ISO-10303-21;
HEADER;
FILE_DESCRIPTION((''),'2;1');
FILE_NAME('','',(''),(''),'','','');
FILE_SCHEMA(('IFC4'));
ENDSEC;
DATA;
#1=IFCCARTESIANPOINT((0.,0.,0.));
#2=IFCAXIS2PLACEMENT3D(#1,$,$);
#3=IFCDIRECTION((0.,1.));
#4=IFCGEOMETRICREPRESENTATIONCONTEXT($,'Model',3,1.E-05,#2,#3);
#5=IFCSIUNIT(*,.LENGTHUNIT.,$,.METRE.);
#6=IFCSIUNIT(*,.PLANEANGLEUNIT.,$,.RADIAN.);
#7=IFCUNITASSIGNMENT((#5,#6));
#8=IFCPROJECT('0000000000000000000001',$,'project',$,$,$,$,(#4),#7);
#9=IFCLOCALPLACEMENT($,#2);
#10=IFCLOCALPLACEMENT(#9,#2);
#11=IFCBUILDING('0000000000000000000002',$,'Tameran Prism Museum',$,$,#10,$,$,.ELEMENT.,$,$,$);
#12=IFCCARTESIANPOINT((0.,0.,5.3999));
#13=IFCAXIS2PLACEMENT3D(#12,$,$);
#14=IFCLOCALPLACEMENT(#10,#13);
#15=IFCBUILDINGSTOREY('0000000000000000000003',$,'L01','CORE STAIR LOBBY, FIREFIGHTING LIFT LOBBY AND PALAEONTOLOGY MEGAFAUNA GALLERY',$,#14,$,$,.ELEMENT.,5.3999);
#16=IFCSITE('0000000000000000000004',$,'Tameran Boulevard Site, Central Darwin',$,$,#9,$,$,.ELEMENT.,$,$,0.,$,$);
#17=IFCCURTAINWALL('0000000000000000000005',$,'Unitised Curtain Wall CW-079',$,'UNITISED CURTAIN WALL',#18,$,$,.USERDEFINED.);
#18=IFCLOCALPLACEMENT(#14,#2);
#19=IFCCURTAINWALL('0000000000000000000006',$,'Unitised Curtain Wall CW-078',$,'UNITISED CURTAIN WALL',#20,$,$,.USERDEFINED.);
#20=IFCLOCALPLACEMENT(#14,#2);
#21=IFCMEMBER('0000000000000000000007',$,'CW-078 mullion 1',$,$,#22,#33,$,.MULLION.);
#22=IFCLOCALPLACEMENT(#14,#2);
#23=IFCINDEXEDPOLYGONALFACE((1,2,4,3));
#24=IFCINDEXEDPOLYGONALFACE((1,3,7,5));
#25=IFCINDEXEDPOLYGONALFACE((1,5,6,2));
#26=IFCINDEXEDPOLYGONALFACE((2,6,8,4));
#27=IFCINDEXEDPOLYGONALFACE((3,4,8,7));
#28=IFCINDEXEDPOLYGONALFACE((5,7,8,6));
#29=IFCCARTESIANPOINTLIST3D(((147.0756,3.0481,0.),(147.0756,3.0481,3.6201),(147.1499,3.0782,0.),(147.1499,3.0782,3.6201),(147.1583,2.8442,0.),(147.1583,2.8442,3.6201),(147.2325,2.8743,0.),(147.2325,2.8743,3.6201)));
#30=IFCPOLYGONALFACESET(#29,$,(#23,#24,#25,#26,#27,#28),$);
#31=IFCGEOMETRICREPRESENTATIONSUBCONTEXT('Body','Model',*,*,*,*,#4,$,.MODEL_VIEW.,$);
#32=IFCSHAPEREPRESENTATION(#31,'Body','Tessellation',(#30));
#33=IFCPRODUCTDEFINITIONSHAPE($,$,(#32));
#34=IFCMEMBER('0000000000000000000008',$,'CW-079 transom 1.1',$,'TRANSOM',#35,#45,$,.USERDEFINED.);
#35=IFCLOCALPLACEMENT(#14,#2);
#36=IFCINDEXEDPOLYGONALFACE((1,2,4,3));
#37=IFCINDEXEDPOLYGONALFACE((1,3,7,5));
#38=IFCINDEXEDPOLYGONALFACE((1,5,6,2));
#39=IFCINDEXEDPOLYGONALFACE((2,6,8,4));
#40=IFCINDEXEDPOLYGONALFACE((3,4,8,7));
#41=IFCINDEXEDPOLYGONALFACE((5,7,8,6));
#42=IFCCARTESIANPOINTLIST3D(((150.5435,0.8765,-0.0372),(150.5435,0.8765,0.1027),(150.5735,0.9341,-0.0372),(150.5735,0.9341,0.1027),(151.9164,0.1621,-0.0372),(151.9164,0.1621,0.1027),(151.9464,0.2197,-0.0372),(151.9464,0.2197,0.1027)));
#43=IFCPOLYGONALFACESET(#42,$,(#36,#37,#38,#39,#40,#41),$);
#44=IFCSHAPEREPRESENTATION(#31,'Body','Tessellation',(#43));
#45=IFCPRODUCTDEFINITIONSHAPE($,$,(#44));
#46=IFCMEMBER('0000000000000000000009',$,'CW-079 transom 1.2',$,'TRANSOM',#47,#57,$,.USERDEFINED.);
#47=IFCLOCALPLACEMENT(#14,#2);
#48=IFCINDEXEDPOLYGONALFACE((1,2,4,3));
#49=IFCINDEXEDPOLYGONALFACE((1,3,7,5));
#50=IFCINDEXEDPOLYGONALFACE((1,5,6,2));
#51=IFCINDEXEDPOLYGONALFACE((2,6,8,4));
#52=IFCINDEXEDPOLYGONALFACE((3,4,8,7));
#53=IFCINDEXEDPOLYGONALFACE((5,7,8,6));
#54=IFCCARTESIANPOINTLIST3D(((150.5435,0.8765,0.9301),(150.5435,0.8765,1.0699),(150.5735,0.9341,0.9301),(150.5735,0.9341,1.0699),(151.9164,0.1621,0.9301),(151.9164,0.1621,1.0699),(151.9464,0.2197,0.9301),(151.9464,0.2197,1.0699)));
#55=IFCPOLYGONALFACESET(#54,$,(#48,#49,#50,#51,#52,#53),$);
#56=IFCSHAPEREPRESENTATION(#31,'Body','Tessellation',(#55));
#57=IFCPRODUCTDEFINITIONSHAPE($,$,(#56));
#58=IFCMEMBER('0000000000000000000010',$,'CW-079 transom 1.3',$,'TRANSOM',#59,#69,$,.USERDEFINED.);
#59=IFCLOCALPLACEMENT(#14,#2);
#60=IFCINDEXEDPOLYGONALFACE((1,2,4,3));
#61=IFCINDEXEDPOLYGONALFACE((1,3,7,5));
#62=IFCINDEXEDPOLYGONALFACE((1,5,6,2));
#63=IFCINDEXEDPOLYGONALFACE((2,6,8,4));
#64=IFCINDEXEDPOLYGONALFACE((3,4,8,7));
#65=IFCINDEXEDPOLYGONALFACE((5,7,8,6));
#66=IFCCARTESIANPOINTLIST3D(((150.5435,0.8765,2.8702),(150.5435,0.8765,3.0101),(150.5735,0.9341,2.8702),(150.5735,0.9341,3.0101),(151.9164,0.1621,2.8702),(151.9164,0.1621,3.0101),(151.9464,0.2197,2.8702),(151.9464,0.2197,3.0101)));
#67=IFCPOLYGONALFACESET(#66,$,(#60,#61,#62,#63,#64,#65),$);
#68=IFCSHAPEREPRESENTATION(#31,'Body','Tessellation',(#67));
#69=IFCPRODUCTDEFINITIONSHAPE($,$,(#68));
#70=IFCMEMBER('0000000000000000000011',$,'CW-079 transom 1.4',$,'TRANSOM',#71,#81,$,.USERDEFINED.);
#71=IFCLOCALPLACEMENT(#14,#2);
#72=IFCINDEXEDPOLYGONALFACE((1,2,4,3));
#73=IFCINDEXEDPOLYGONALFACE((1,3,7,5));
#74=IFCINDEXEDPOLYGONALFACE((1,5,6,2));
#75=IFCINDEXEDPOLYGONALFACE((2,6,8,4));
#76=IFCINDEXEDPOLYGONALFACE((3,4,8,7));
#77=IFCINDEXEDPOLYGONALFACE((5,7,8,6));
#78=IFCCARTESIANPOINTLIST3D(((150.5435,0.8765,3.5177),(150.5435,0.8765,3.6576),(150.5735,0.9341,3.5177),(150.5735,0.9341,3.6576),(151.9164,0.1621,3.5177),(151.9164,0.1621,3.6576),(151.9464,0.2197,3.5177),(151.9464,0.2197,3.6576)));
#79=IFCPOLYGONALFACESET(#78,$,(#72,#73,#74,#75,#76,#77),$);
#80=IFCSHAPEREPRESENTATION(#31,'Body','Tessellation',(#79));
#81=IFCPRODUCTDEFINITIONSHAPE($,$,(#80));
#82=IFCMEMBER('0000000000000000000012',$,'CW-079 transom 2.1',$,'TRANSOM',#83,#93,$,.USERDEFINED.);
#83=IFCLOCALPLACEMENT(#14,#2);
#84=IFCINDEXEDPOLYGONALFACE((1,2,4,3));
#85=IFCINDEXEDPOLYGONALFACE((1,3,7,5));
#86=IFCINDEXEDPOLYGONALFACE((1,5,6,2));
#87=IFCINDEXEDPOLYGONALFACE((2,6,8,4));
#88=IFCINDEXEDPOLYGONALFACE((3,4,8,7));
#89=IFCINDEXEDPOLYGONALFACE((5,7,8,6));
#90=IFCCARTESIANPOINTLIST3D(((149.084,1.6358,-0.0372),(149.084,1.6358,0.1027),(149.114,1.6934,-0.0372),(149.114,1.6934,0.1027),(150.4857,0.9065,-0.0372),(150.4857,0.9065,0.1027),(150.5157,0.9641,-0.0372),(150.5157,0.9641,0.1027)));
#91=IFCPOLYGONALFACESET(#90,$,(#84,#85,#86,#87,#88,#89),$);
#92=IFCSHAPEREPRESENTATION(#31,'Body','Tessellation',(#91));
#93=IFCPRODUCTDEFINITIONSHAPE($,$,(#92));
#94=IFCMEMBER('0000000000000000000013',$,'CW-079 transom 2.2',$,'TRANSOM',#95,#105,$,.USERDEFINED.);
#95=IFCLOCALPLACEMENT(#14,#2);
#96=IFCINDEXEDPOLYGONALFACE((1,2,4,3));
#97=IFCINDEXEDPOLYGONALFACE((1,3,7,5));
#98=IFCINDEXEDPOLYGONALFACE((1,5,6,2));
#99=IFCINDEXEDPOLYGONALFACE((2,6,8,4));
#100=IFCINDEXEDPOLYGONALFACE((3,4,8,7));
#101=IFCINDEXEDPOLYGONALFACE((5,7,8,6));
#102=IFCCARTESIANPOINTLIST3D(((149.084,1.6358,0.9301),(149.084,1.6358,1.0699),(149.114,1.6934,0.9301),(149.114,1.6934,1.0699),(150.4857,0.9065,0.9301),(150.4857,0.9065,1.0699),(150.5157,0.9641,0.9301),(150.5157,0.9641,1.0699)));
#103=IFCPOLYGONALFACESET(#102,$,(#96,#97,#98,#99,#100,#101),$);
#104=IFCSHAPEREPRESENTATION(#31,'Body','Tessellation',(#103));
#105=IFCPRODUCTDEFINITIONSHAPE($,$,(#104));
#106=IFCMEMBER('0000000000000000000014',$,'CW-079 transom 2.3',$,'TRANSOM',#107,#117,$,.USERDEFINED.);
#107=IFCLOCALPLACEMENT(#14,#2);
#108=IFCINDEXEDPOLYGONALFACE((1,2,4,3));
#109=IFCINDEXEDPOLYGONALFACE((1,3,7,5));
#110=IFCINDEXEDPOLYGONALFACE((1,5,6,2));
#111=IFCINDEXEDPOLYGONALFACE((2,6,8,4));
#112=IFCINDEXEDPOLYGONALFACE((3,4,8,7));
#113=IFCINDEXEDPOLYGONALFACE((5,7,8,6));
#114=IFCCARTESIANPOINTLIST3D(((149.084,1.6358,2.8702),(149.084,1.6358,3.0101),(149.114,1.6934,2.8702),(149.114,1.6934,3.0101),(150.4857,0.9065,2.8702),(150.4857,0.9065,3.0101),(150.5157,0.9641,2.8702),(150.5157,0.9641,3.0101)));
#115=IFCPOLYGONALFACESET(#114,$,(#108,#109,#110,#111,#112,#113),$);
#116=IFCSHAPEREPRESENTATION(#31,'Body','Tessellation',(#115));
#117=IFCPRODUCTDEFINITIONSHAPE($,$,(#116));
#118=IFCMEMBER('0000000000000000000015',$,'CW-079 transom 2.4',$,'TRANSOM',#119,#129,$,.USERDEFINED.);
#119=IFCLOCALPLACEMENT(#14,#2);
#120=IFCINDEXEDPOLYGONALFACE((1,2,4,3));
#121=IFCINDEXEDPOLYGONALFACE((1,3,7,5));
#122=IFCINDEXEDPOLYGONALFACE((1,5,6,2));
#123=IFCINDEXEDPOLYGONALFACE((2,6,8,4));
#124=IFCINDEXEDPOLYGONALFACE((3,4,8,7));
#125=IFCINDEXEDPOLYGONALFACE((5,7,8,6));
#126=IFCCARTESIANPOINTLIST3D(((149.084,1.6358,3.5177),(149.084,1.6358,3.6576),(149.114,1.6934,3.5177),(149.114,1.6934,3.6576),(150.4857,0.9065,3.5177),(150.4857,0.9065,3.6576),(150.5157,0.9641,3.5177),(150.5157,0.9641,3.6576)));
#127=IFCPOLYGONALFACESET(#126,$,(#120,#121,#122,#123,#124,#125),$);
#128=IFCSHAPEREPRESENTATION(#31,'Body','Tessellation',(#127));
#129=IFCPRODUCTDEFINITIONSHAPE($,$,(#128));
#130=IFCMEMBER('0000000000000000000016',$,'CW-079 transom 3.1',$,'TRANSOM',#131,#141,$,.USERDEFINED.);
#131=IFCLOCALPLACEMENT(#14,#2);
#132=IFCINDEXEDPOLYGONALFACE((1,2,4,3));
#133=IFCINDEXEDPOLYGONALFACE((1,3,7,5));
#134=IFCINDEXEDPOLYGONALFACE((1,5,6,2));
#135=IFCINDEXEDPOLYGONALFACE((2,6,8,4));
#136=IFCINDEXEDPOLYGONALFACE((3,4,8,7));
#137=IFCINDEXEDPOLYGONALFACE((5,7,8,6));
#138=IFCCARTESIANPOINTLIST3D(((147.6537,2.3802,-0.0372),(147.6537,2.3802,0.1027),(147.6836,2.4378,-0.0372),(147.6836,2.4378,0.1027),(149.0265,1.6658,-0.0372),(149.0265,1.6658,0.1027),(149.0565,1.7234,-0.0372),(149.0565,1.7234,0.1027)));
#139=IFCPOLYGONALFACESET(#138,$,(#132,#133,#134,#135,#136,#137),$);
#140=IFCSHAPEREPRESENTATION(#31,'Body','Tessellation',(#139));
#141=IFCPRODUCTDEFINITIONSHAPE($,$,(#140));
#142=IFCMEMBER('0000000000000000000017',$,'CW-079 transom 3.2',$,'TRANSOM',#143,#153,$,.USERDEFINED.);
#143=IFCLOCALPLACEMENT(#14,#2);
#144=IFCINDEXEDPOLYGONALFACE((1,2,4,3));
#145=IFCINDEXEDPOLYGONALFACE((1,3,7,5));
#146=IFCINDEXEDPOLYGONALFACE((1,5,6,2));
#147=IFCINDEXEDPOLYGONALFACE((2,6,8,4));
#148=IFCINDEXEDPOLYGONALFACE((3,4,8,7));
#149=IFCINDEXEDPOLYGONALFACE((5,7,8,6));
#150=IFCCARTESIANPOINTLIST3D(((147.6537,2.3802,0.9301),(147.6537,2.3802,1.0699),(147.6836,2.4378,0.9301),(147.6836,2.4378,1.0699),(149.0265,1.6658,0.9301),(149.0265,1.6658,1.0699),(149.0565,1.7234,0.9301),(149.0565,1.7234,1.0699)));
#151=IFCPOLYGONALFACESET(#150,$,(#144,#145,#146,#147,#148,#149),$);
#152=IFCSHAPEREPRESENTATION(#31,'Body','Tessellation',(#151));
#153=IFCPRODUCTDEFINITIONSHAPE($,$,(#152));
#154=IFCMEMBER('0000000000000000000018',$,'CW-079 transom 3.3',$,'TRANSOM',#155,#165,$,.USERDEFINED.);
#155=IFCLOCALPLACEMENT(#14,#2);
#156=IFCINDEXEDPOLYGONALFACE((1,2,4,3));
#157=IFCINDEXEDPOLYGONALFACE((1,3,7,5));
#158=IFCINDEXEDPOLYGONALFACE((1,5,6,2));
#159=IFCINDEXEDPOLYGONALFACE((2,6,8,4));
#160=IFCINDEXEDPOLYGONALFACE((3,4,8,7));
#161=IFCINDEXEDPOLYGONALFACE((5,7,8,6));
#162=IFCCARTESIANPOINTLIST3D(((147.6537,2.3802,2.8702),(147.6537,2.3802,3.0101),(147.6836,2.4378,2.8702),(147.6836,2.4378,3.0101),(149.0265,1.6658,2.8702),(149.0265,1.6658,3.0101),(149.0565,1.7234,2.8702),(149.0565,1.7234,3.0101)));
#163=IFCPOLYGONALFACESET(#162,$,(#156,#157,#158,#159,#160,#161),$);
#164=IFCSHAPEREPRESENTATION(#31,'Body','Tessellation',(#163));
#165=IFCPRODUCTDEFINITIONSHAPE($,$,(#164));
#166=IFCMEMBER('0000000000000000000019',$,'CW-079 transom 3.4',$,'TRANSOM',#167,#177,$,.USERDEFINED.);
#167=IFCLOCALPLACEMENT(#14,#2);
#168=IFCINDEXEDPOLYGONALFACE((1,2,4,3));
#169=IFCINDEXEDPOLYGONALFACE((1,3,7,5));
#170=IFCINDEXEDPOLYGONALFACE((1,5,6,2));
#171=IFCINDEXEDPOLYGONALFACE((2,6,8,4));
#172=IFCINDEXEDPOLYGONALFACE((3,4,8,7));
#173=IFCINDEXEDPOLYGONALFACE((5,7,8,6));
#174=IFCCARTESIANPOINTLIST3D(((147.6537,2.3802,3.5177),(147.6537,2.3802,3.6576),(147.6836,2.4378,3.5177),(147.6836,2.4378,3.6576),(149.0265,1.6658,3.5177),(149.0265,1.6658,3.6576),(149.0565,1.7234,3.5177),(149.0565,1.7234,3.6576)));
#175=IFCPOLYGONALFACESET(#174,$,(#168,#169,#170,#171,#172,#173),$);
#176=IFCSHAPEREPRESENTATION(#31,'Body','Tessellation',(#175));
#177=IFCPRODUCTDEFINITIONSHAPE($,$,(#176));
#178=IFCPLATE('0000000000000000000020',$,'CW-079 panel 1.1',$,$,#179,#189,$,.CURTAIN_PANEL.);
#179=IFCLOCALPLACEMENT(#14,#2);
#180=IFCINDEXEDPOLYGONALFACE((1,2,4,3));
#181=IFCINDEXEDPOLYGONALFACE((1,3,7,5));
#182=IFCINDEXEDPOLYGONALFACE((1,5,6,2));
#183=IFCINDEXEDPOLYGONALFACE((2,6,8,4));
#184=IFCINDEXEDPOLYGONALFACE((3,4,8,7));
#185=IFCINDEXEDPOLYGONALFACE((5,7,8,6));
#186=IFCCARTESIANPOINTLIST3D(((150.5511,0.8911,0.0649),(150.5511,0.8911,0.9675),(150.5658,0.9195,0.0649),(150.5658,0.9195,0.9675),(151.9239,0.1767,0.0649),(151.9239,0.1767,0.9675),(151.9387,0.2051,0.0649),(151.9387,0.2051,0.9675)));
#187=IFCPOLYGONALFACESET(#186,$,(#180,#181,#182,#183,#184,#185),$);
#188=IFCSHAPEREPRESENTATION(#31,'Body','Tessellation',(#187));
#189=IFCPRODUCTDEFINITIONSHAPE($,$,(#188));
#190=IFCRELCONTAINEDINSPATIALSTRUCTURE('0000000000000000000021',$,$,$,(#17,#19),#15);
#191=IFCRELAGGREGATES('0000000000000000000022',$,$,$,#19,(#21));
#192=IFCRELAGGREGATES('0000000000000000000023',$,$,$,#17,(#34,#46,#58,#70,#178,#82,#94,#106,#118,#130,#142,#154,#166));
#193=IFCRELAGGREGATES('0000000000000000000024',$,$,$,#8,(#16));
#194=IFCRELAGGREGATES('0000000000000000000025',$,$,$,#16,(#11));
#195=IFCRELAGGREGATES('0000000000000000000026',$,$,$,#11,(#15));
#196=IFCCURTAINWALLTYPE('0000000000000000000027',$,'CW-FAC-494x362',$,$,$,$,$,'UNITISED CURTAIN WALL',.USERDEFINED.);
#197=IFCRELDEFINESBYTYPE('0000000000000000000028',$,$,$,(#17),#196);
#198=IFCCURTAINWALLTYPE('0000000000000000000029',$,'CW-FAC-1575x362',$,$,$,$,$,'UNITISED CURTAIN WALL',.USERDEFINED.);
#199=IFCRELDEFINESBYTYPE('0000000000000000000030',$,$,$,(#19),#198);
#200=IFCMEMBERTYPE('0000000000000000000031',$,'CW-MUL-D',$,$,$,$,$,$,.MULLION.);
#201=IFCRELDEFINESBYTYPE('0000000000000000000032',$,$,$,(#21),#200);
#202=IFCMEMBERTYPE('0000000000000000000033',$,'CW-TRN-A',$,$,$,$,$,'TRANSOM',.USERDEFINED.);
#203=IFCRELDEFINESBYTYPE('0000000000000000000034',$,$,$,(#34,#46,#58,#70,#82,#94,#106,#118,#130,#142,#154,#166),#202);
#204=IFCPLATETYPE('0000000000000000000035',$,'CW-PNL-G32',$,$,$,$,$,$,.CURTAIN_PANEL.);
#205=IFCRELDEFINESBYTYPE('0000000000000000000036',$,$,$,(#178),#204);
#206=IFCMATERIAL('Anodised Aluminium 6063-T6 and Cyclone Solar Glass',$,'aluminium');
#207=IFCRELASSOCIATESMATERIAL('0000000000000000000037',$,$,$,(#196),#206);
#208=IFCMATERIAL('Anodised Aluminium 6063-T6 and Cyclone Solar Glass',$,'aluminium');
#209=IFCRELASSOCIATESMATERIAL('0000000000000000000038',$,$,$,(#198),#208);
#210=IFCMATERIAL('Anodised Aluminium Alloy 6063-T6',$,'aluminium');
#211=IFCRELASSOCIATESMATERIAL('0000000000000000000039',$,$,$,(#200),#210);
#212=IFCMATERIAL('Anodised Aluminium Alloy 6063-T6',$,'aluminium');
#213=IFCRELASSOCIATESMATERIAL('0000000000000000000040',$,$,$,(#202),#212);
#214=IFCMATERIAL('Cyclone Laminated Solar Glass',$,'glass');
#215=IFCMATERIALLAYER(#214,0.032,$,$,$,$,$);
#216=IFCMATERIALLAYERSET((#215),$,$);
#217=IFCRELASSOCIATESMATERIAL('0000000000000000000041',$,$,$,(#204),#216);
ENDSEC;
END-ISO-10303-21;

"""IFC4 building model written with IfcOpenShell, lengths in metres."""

from ifc_helpers import new_model, si_unit, direction, frame, origin, origin_2d, place, context, subcontext, project, spatial, rectangle, extrude, material, layer, layer_set, material_profile, profile_set, type_object, element, aggregate, save


model = new_model("IFC4")

# Units and contexts
model_context = context("Model", 3, precision=1e-05, world=origin(), true_north=direction((0.0, 1.0)))
body_context = subcontext(model_context, "Body", "Model", "MODEL_VIEW")
ifc_project = project(units=[si_unit("LENGTHUNIT", "METRE"), si_unit("PLANEANGLEUNIT", "RADIAN")], contexts=[model_context])

# Site, building, storey
site_placement = place(None, origin())
site = spatial("IfcSite", under=ifc_project, at=site_placement, Name="Tameran Boulevard Site, Central Darwin", CompositionType="ELEMENT", RefElevation=0.0)
building_placement = place(site_placement, origin())
building = spatial("IfcBuilding", under=site, at=building_placement, Name="Tameran Prism Museum", CompositionType="ELEMENT")
storey_placement = place(building_placement, frame((0.0, 0.0, 5.3999)))
storey = spatial("IfcBuildingStorey", under=building, at=storey_placement, Name="L01", Description="CORE STAIR LOBBY, FIREFIGHTING LIFT LOBBY AND PALAEONTOLOGY MEGAFAUNA GALLERY", CompositionType="ELEMENT", Elevation=5.3999)

# Curtain wall
ifc_material_1 = material(Name="Anodised Aluminium 6063-T6 and Cyclone Solar Glass", Category="aluminium")
curtain_wall_type_1 = type_object("IfcCurtainWallType", Name="CW-FAC-494x362", ElementType="UNITISED CURTAIN WALL", PredefinedType="USERDEFINED", material=ifc_material_1)
curtain_wall_1_placement = place(storey_placement, origin())
curtain_wall_1 = element("IfcCurtainWall", 1, at=curtain_wall_1_placement, inside=storey, type_object=curtain_wall_type_1, Name="Unitised Curtain Wall CW-079", ObjectType="UNITISED CURTAIN WALL", PredefinedType="USERDEFINED")

# Curtain wall, member
ifc_material_2 = material(Name="Anodised Aluminium 6063-T6 and Cyclone Solar Glass", Category="aluminium")
curtain_wall_type_2 = type_object("IfcCurtainWallType", Name="CW-FAC-1575x362", ElementType="UNITISED CURTAIN WALL", PredefinedType="USERDEFINED", material=ifc_material_2)
curtain_wall_2_placement = place(storey_placement, origin())
curtain_wall_2 = element("IfcCurtainWall", 2, at=curtain_wall_2_placement, inside=storey, type_object=curtain_wall_type_2, Name="Unitised Curtain Wall CW-078", ObjectType="UNITISED CURTAIN WALL", PredefinedType="USERDEFINED")
ifc_material_3 = material(Name="Anodised Aluminium Alloy 6063-T6", Category="aluminium")
ifc_material_profile_1 = material_profile(ifc_material_3, rectangle(XDim=0.0801, YDim=0.22, at=origin_2d()))
ifc_profile_set_1 = profile_set([ifc_material_profile_1])
member_type_1 = type_object("IfcMemberType", Name="CW-MUL-D", PredefinedType="MULLION", material=ifc_profile_set_1)
member_1_placement = place(storey_placement, frame((147.1541, 2.9612, 0.0), z_axis=(0.0, 0.0, 1.0), x_axis=(-0.92679, -0.37558, 0.0)))
member_1 = element("IfcMember", 3, at=member_1_placement, type_object=member_type_1, Name="CW-078 mullion 1", PredefinedType="MULLION", context=body_context, shape_type="SweptSolid", body=[
    extrude(rectangle(XDim=0.0801, YDim=0.22, at=origin_2d()), origin(), (0.0, 0.0, 1.0), 3.6201),
])
aggregate(curtain_wall_2, [member_1])

# Members
ifc_material_4 = material(Name="Anodised Aluminium Alloy 6063-T6", Category="aluminium")
ifc_material_profile_2 = material_profile(ifc_material_4, rectangle(XDim=0.0649, YDim=0.1399, at=origin_2d()))
ifc_profile_set_2 = profile_set([ifc_material_profile_2])
member_type_2 = type_object("IfcMemberType", Name="CW-TRN-A", ElementType="TRANSOM", PredefinedType="USERDEFINED", material=ifc_profile_set_2)
member_2_placement = place(storey_placement, frame((151.9314, 0.1909, 0.0327), z_axis=(-0.887085, 0.461606, 0.0), x_axis=(-0.461606, -0.887085, 0.0)))
member_2 = element("IfcMember", 4, at=member_2_placement, type_object=member_type_2, Name="CW-079 transom 1.1", ObjectType="TRANSOM", PredefinedType="USERDEFINED", context=body_context, shape_type="SweptSolid", body=[
    extrude(rectangle(XDim=0.0649, YDim=0.1399, at=origin_2d()), origin(), (0.0, 0.0, 1.0), 1.5476),
])
member_3_placement = place(storey_placement, frame((151.9314, 0.1909, 1.0), z_axis=(-0.887085, 0.461606, 0.0), x_axis=(-0.461606, -0.887085, 0.0)))
member_3 = element("IfcMember", 5, at=member_3_placement, type_object=member_type_2, Name="CW-079 transom 1.2", ObjectType="TRANSOM", PredefinedType="USERDEFINED", context=body_context, shape_type="SweptSolid", body=[
    extrude(rectangle(XDim=0.0649, YDim=0.1399, at=origin_2d()), origin(), (0.0, 0.0, 1.0), 1.5476),
])
member_4_placement = place(storey_placement, frame((151.9314, 0.1909, 2.9402), z_axis=(-0.887085, 0.461606, 0.0), x_axis=(-0.461606, -0.887085, 0.0)))
member_4 = element("IfcMember", 6, at=member_4_placement, type_object=member_type_2, Name="CW-079 transom 1.3", ObjectType="TRANSOM", PredefinedType="USERDEFINED", context=body_context, shape_type="SweptSolid", body=[
    extrude(rectangle(XDim=0.0649, YDim=0.1399, at=origin_2d()), origin(), (0.0, 0.0, 1.0), 1.5476),
])
member_5_placement = place(storey_placement, frame((151.9314, 0.1909, 3.5876), z_axis=(-0.887085, 0.461606, 0.0), x_axis=(-0.461606, -0.887085, 0.0)))
member_5 = element("IfcMember", 7, at=member_5_placement, type_object=member_type_2, Name="CW-079 transom 1.4", ObjectType="TRANSOM", PredefinedType="USERDEFINED", context=body_context, shape_type="SweptSolid", body=[
    extrude(rectangle(XDim=0.0649, YDim=0.1399, at=origin_2d()), origin(), (0.0, 0.0, 1.0), 1.5476),
])
member_6_placement = place(storey_placement, frame((150.5007, 0.9353, 0.0327), z_axis=(-0.887111, 0.461557, 0.0), x_axis=(-0.461557, -0.887111, 0.0)))
member_6 = element("IfcMember", 8, at=member_6_placement, type_object=member_type_2, Name="CW-079 transom 2.1", ObjectType="TRANSOM", PredefinedType="USERDEFINED", context=body_context, shape_type="SweptSolid", body=[
    extrude(rectangle(XDim=0.0649, YDim=0.1399, at=origin_2d()), origin(), (0.0, 0.0, 1.0), 1.5801),
])
member_7_placement = place(storey_placement, frame((150.5007, 0.9353, 1.0), z_axis=(-0.887111, 0.461557, 0.0), x_axis=(-0.461557, -0.887111, 0.0)))
member_7 = element("IfcMember", 9, at=member_7_placement, type_object=member_type_2, Name="CW-079 transom 2.2", ObjectType="TRANSOM", PredefinedType="USERDEFINED", context=body_context, shape_type="SweptSolid", body=[
    extrude(rectangle(XDim=0.0649, YDim=0.1399, at=origin_2d()), origin(), (0.0, 0.0, 1.0), 1.5801),
])
member_8_placement = place(storey_placement, frame((150.5007, 0.9353, 2.9402), z_axis=(-0.887111, 0.461557, 0.0), x_axis=(-0.461557, -0.887111, 0.0)))
member_8 = element("IfcMember", 10, at=member_8_placement, type_object=member_type_2, Name="CW-079 transom 2.3", ObjectType="TRANSOM", PredefinedType="USERDEFINED", context=body_context, shape_type="SweptSolid", body=[
    extrude(rectangle(XDim=0.0649, YDim=0.1399, at=origin_2d()), origin(), (0.0, 0.0, 1.0), 1.5801),
])
member_9_placement = place(storey_placement, frame((150.5007, 0.9353, 3.5876), z_axis=(-0.887111, 0.461557, 0.0), x_axis=(-0.461557, -0.887111, 0.0)))
member_9 = element("IfcMember", 11, at=member_9_placement, type_object=member_type_2, Name="CW-079 transom 2.4", ObjectType="TRANSOM", PredefinedType="USERDEFINED", context=body_context, shape_type="SweptSolid", body=[
    extrude(rectangle(XDim=0.0649, YDim=0.1399, at=origin_2d()), origin(), (0.0, 0.0, 1.0), 1.5801),
])
member_10_placement = place(storey_placement, frame((149.0415, 1.6946, 0.0327), z_axis=(-0.887085, 0.461606, 0.0), x_axis=(-0.461606, -0.887085, 0.0)))
member_10 = element("IfcMember", 12, at=member_10_placement, type_object=member_type_2, Name="CW-079 transom 3.1", ObjectType="TRANSOM", PredefinedType="USERDEFINED", context=body_context, shape_type="SweptSolid", body=[
    extrude(rectangle(XDim=0.0649, YDim=0.1399, at=origin_2d()), origin(), (0.0, 0.0, 1.0), 1.5476),
])
member_11_placement = place(storey_placement, frame((149.0415, 1.6946, 1.0), z_axis=(-0.887085, 0.461606, 0.0), x_axis=(-0.461606, -0.887085, 0.0)))
member_11 = element("IfcMember", 13, at=member_11_placement, type_object=member_type_2, Name="CW-079 transom 3.2", ObjectType="TRANSOM", PredefinedType="USERDEFINED", context=body_context, shape_type="SweptSolid", body=[
    extrude(rectangle(XDim=0.0649, YDim=0.1399, at=origin_2d()), origin(), (0.0, 0.0, 1.0), 1.5476),
])
member_12_placement = place(storey_placement, frame((149.0415, 1.6946, 2.9402), z_axis=(-0.887085, 0.461606, 0.0), x_axis=(-0.461606, -0.887085, 0.0)))
member_12 = element("IfcMember", 14, at=member_12_placement, type_object=member_type_2, Name="CW-079 transom 3.3", ObjectType="TRANSOM", PredefinedType="USERDEFINED", context=body_context, shape_type="SweptSolid", body=[
    extrude(rectangle(XDim=0.0649, YDim=0.1399, at=origin_2d()), origin(), (0.0, 0.0, 1.0), 1.5476),
])
member_13_placement = place(storey_placement, frame((149.0415, 1.6946, 3.5876), z_axis=(-0.887085, 0.461606, 0.0), x_axis=(-0.461606, -0.887085, 0.0)))
member_13 = element("IfcMember", 15, at=member_13_placement, type_object=member_type_2, Name="CW-079 transom 3.4", ObjectType="TRANSOM", PredefinedType="USERDEFINED", context=body_context, shape_type="SweptSolid", body=[
    extrude(rectangle(XDim=0.0649, YDim=0.1399, at=origin_2d()), origin(), (0.0, 0.0, 1.0), 1.5476),
])

# Plate
ifc_material_5 = material(Name="Cyclone Laminated Solar Glass", Category="glass")
ifc_layer_1 = layer(ifc_material_5, 0.032)
ifc_layer_set_1 = layer_set([ifc_layer_1])
plate_type_1 = type_object("IfcPlateType", Name="CW-PNL-G32", PredefinedType="CURTAIN_PANEL", material=ifc_layer_set_1)
plate_1_placement = place(storey_placement, frame((151.2449, 0.5481, 0.0649), z_axis=(0.0, 0.0, 1.0), x_axis=(-0.887097, 0.461582, 0.0)))
plate_1 = element("IfcPlate", 16, at=plate_1_placement, type_object=plate_type_1, Name="CW-079 panel 1.1", PredefinedType="CURTAIN_PANEL", context=body_context, shape_type="SweptSolid", body=[
    extrude(rectangle(XDim=1.5476, YDim=0.032, at=origin_2d()), origin(), (0.0, 0.0, 1.0), 0.9026),
])
aggregate(curtain_wall_1, [member_2, member_3, member_4, member_5, plate_1, member_6, member_7, member_8, member_9, member_10, member_11, member_12, member_13])

save(model, "model.ifc")
